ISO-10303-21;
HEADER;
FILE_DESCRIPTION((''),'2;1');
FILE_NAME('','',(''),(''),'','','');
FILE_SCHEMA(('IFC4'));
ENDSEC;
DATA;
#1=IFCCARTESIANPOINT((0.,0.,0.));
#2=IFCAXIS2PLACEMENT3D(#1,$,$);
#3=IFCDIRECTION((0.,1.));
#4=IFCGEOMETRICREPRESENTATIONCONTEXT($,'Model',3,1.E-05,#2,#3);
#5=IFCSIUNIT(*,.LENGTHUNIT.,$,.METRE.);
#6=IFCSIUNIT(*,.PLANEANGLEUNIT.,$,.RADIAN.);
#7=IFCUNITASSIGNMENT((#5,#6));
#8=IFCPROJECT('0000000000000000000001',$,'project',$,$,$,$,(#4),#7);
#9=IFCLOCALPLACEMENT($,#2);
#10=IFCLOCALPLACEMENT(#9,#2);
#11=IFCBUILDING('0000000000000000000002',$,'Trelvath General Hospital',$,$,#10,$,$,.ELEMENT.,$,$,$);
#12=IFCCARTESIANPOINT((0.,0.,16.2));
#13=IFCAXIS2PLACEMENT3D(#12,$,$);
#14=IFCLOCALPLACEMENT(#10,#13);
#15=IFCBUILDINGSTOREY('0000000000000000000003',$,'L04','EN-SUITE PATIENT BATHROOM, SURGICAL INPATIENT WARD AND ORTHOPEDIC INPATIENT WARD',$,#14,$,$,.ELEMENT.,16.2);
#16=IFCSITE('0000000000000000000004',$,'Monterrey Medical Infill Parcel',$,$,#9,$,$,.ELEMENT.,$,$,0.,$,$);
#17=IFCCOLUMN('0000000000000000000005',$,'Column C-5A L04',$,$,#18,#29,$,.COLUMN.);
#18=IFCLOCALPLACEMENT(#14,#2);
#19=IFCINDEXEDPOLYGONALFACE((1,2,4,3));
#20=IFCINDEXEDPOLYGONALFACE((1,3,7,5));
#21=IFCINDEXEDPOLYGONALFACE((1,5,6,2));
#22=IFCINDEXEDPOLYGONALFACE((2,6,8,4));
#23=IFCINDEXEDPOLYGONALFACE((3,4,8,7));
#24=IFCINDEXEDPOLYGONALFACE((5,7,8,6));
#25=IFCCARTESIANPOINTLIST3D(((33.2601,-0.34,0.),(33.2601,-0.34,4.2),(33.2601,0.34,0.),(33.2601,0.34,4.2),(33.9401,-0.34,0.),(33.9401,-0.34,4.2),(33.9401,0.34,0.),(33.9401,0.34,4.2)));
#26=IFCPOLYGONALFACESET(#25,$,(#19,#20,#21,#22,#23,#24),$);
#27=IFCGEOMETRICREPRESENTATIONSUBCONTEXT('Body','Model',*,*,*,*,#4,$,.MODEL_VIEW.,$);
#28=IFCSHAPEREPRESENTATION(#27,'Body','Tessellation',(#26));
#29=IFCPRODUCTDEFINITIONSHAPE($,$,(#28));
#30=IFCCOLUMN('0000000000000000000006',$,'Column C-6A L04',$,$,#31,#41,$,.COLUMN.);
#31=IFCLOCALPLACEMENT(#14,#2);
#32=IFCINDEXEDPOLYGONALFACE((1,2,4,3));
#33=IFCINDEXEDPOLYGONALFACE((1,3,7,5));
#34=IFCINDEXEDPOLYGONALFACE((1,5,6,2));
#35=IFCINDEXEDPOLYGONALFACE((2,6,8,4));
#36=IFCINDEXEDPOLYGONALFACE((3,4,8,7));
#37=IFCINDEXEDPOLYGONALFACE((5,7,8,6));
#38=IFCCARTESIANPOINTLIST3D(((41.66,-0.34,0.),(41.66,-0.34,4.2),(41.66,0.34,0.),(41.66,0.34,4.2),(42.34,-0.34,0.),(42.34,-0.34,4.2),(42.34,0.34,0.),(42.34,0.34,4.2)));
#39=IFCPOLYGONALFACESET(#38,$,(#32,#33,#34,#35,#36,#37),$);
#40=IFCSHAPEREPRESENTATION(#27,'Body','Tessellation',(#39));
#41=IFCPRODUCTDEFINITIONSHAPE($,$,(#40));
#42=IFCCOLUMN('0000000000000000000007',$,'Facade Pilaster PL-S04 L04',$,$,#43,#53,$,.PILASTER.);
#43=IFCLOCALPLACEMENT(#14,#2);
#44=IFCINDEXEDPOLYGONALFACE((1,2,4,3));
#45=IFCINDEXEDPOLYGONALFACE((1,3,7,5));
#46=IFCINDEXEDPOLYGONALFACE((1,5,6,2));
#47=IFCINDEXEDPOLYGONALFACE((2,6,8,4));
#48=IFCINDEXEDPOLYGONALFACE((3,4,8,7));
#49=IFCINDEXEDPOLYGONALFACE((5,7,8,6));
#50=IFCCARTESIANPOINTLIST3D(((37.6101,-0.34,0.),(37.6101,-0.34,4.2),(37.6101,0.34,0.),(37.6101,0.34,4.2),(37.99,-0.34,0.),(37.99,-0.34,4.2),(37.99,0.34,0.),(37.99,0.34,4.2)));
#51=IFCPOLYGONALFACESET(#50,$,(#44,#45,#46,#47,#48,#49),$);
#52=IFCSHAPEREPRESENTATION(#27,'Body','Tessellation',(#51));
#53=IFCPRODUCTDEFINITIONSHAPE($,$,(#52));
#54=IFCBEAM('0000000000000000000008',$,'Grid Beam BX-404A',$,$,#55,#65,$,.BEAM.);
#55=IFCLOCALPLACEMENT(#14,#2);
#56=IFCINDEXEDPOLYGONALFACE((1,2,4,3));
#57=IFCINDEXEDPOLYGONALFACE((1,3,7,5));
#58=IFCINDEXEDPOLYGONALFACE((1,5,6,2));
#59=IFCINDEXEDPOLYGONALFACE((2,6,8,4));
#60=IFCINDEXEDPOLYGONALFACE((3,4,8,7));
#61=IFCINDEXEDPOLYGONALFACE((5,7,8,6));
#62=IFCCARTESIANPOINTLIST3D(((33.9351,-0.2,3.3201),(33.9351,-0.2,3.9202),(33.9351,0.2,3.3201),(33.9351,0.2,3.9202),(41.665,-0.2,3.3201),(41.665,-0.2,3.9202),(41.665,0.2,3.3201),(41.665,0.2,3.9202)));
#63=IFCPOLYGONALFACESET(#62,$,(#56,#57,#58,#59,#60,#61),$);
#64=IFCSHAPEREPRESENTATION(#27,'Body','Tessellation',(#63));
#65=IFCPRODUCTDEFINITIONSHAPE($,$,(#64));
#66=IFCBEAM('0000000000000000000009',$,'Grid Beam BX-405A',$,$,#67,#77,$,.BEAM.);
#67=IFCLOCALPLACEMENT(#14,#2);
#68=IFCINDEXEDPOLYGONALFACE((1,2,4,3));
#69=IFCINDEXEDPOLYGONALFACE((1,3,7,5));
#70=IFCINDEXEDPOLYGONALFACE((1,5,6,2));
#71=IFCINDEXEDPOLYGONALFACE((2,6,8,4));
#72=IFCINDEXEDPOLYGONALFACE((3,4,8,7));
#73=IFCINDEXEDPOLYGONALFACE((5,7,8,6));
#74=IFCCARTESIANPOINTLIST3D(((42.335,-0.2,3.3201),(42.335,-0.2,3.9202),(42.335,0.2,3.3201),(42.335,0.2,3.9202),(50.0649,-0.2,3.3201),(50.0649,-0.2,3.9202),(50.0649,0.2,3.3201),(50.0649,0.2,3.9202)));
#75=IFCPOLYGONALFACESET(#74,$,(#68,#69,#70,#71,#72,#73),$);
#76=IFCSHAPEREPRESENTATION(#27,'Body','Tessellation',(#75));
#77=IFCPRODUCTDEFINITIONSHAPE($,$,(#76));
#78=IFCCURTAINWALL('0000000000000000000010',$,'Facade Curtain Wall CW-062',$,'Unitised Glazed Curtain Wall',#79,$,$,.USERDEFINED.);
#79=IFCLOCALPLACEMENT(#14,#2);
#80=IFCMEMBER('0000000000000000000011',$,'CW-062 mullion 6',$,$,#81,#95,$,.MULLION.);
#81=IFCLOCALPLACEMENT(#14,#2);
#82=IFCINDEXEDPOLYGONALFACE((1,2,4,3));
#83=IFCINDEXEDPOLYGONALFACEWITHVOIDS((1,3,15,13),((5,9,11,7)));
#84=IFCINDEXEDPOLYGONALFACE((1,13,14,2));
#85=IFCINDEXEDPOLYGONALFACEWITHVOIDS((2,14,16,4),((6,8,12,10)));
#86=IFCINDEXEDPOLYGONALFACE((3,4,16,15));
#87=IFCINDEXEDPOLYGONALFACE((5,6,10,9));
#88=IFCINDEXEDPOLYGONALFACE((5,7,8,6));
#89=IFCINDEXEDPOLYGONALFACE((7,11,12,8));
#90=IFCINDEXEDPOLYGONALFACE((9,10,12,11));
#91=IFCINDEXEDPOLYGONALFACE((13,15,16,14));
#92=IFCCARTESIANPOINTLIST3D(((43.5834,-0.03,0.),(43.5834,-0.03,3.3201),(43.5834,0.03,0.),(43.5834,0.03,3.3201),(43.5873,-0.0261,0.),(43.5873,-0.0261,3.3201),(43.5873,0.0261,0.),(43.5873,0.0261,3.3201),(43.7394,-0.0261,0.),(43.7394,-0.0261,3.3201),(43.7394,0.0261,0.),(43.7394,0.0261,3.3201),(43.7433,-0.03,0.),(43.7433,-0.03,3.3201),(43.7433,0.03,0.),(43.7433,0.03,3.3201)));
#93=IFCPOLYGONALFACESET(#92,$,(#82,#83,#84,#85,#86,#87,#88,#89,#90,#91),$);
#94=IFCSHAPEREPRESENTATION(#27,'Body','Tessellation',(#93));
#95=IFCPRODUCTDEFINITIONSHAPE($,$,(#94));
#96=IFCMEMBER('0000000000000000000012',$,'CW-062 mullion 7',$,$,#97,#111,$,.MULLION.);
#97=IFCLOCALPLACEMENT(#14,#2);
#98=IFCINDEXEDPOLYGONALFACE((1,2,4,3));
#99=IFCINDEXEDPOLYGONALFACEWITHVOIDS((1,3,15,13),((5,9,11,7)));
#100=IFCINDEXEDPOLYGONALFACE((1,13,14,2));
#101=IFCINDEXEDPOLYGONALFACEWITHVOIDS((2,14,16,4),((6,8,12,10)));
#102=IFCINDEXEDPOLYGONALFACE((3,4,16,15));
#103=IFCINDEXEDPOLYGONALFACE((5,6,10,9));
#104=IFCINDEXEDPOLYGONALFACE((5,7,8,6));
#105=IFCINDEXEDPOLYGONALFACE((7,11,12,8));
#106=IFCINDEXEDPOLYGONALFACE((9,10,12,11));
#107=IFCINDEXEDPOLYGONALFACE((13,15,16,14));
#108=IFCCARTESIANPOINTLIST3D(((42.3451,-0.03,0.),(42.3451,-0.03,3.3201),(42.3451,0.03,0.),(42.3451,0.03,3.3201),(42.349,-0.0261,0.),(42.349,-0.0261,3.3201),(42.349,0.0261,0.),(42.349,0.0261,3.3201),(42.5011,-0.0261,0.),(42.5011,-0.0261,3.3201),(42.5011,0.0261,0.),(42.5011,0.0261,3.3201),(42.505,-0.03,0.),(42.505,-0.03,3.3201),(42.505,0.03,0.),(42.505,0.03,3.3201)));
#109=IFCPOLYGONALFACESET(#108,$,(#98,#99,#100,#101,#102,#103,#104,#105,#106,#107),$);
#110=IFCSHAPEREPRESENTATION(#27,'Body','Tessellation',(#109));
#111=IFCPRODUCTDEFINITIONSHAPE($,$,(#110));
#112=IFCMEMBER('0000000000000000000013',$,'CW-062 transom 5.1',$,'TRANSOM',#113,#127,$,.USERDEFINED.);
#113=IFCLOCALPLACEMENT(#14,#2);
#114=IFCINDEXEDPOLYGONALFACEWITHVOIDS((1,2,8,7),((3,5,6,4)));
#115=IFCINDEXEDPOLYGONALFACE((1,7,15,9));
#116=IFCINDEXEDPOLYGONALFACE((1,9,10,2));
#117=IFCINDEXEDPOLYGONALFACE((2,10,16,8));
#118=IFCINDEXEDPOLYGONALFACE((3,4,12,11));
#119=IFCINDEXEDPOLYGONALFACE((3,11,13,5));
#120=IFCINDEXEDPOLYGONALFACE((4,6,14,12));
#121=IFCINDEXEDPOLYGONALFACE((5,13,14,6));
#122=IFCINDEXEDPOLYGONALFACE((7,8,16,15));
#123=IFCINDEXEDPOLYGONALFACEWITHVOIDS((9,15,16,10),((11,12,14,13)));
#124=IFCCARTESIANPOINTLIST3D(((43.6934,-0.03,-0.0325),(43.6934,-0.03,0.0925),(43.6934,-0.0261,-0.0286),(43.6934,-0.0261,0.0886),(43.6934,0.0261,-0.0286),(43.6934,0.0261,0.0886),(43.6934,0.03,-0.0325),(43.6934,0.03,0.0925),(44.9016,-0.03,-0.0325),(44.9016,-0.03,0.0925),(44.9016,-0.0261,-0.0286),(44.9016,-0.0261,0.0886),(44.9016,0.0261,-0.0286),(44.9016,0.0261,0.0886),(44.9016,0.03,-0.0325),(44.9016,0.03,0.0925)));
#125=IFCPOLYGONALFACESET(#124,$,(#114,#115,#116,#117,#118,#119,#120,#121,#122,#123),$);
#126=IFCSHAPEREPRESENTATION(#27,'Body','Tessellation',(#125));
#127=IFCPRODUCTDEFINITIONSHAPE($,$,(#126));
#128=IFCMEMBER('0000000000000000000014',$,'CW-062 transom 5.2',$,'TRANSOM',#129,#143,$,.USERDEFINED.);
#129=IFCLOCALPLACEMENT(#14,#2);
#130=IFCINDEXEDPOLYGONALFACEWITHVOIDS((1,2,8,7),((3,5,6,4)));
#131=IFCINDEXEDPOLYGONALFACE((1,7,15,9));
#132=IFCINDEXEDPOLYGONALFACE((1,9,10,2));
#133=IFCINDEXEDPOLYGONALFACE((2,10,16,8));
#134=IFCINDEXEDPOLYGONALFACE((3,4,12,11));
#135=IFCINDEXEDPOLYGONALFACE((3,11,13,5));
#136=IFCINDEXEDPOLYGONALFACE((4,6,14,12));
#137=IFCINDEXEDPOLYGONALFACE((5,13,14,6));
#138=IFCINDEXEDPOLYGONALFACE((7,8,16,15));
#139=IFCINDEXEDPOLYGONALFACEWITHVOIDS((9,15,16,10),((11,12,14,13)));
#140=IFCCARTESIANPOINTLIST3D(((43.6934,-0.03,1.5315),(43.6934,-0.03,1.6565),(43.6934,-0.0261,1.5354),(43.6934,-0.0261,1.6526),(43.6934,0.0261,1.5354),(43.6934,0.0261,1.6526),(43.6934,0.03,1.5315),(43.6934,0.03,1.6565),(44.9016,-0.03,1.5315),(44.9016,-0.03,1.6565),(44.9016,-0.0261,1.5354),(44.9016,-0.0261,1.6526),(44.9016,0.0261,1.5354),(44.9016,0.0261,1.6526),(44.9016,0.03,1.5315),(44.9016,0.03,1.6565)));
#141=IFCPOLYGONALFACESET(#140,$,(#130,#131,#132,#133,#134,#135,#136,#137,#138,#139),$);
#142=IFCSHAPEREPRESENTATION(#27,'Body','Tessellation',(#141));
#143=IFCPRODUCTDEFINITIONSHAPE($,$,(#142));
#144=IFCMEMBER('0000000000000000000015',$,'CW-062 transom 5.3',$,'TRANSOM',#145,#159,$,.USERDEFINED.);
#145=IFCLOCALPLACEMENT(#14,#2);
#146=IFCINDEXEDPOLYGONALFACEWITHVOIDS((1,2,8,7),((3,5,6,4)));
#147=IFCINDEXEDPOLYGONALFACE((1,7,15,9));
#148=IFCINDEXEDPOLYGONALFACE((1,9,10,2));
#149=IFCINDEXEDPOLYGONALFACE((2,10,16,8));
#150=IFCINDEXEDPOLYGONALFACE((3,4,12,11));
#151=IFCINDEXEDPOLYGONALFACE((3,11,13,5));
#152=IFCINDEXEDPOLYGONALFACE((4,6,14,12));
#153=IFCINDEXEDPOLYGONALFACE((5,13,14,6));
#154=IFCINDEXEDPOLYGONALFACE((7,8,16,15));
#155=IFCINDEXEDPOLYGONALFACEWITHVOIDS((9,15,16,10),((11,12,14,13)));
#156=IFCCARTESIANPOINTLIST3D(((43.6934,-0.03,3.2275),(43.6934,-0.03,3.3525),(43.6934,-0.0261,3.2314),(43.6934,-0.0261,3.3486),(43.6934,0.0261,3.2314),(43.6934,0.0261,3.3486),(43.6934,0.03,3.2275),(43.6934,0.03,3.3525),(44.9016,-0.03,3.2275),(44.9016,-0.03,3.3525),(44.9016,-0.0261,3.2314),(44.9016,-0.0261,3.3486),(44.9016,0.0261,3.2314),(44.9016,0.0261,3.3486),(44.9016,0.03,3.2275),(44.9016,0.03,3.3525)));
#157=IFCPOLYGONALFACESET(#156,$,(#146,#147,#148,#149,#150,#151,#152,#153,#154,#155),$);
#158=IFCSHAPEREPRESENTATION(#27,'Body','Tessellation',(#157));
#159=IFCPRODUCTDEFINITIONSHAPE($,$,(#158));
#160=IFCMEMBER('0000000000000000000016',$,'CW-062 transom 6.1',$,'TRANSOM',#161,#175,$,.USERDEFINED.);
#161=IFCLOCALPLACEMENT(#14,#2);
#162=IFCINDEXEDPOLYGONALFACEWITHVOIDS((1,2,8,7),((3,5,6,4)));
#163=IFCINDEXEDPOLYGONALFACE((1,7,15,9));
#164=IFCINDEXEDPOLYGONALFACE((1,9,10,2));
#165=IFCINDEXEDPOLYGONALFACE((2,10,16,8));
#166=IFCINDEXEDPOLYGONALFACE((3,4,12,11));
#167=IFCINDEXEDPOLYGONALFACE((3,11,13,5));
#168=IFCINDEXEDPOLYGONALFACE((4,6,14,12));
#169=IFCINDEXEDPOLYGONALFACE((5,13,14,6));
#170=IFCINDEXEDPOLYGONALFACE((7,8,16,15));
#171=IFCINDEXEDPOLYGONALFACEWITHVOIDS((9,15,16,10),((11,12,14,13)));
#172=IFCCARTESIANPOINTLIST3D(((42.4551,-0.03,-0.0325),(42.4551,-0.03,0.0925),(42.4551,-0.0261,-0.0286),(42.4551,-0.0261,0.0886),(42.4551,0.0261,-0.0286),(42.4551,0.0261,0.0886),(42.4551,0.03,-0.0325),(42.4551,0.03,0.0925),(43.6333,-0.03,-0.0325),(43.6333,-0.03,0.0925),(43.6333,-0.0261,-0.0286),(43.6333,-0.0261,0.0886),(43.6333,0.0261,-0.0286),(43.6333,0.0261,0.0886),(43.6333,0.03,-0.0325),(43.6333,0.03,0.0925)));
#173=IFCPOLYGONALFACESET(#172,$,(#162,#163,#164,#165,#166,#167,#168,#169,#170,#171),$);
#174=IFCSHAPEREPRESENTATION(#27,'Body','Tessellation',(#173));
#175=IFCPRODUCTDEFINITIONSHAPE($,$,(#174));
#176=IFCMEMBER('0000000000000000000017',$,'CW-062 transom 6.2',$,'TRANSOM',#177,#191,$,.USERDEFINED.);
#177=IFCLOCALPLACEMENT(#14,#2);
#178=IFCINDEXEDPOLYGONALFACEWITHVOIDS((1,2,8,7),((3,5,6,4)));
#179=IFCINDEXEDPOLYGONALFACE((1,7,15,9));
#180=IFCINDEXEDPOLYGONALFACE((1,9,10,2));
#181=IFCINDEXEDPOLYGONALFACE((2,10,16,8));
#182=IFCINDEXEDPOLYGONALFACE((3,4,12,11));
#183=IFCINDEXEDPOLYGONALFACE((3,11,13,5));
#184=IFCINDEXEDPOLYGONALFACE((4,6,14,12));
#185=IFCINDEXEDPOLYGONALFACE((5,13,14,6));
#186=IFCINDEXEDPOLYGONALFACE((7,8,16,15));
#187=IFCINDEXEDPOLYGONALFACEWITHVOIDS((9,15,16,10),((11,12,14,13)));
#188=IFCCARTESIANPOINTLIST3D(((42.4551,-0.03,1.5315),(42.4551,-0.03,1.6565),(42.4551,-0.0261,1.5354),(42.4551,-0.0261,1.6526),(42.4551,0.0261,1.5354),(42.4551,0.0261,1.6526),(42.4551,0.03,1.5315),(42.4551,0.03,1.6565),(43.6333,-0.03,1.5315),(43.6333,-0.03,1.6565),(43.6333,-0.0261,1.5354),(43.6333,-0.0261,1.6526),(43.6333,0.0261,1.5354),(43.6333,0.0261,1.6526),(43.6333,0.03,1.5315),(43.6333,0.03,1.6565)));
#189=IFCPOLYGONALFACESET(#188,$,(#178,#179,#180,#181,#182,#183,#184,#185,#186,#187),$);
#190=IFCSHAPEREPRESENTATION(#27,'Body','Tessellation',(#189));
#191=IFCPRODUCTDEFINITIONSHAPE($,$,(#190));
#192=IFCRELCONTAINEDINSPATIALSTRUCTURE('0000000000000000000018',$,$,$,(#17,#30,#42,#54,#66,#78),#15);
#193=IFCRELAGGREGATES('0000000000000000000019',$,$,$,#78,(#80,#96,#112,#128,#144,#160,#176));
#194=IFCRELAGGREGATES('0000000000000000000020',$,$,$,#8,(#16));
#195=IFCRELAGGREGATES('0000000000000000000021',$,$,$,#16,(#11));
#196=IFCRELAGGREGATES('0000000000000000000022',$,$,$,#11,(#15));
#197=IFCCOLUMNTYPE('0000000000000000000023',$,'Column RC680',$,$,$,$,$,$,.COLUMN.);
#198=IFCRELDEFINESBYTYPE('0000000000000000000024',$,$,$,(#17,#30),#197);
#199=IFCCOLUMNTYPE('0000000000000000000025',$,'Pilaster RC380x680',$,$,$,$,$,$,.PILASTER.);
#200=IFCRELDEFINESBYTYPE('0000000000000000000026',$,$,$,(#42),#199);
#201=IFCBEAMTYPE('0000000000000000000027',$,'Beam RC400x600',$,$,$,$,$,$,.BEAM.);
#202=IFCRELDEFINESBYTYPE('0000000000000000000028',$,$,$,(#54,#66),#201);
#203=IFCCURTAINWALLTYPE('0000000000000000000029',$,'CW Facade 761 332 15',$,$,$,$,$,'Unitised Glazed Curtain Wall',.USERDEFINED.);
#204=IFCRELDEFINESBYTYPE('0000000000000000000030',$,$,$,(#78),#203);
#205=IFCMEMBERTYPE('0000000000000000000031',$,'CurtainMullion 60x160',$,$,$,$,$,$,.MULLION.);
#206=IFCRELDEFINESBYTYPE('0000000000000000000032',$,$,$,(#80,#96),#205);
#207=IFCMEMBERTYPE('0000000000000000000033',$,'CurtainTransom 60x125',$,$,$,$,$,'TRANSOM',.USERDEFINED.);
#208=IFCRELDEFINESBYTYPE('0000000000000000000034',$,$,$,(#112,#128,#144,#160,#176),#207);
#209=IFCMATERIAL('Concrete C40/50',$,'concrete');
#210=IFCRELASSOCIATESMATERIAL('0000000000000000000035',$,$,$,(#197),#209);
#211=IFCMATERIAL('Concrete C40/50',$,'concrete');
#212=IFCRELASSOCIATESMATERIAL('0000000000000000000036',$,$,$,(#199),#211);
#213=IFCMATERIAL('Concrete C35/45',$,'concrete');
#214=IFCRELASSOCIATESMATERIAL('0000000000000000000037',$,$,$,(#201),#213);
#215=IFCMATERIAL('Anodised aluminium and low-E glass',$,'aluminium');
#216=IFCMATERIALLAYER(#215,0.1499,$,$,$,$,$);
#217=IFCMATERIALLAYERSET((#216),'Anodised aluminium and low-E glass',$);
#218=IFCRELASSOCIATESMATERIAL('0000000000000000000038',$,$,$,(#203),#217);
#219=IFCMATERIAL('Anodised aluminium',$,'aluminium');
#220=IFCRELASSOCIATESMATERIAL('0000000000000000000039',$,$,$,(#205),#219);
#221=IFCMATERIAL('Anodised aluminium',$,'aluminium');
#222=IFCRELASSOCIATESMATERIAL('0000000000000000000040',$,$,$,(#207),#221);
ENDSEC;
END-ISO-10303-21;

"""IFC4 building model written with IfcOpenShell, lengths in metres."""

from ifc_helpers import new_model, si_unit, direction, frame, origin, origin_2d, place, context, subcontext, project, spatial, rectangle, hollow_rectangle, extrude, material, layer, layer_set, material_profile, profile_set, type_object, element, aggregate, save


model = new_model("IFC4")

# Units and contexts
model_context = context("Model", 3, precision=1e-05, world=origin(), true_north=direction((0.0, 1.0)))
body_context = subcontext(model_context, "Body", "Model", "MODEL_VIEW")
ifc_project = project(units=[si_unit("LENGTHUNIT", "METRE"), si_unit("PLANEANGLEUNIT", "RADIAN")], contexts=[model_context])

# Site, building, storey
site_placement = place(None, origin())
site = spatial("IfcSite", under=ifc_project, at=site_placement, Name="Monterrey Medical Infill Parcel", CompositionType="ELEMENT", RefElevation=0.0)
building_placement = place(site_placement, origin())
building = spatial("IfcBuilding", under=site, at=building_placement, Name="Trelvath General Hospital", CompositionType="ELEMENT")
storey_placement = place(building_placement, frame((0.0, 0.0, 16.2)))
storey = spatial("IfcBuildingStorey", under=building, at=storey_placement, Name="L04", Description="EN-SUITE PATIENT BATHROOM, SURGICAL INPATIENT WARD AND ORTHOPEDIC INPATIENT WARD", CompositionType="ELEMENT", Elevation=16.2)

# Columns
ifc_material_1 = material(Name="Concrete C40/50", Category="concrete")
ifc_material_profile_1 = material_profile(ifc_material_1, rectangle(XDim=0.6799, YDim=0.6799, at=origin_2d()), Name="RC680x680")
ifc_profile_set_1 = profile_set([ifc_material_profile_1], Name="Concrete C40/50")
column_type_1 = type_object("IfcColumnType", Name="Column RC680", PredefinedType="COLUMN", material=ifc_profile_set_1)
for number, where, z_axis, x_axis, name in (
    (1, (33.6001, 0.0, 0.0), (0.0, 0.0, 1.0), (1.0, 0.0, 0.0), "Column C-5A L04"),
    (2, (42.0, 0.0, 0.0), (0.0, 0.0, 1.0), (1.0, 0.0, 0.0), "Column C-6A L04"),
):
    element("IfcColumn", number, at=place(storey_placement, frame(where, z_axis=z_axis, x_axis=x_axis)), inside=storey, type_object=column_type_1, Name=name, PredefinedType="COLUMN", context=body_context, shape_type="SweptSolid", body=[
        extrude(rectangle(XDim=0.6799, YDim=0.6799, at=origin_2d()), origin(), (0.0, 0.0, 1.0), 4.2),
    ])
ifc_material_2 = material(Name="Concrete C40/50", Category="concrete")
ifc_material_profile_2 = material_profile(ifc_material_2, rectangle(XDim=0.3799, YDim=0.6799, at=origin_2d()), Name="RC380x680")
ifc_profile_set_2 = profile_set([ifc_material_profile_2], Name="Concrete C40/50")
column_type_2 = type_object("IfcColumnType", Name="Pilaster RC380x680", PredefinedType="PILASTER", material=ifc_profile_set_2)
column_placement = place(storey_placement, frame((37.8, 0.0, 0.0), z_axis=(0.0, 0.0, 1.0), x_axis=(1.0, 0.0, 0.0)))
element("IfcColumn", 3, at=column_placement, inside=storey, type_object=column_type_2, Name="Facade Pilaster PL-S04 L04", PredefinedType="PILASTER", context=body_context, shape_type="SweptSolid", body=[
    extrude(rectangle(XDim=0.3799, YDim=0.6799, at=origin_2d()), origin(), (0.0, 0.0, 1.0), 4.2),
])

# Beams
ifc_material_3 = material(Name="Concrete C35/45", Category="concrete")
ifc_material_profile_3 = material_profile(ifc_material_3, rectangle(XDim=0.3999, YDim=0.6001, at=origin_2d()), Name="RCB400x600")
ifc_profile_set_3 = profile_set([ifc_material_profile_3], Name="Concrete C35/45")
beam_type_1 = type_object("IfcBeamType", Name="Beam RC400x600", PredefinedType="BEAM", material=ifc_profile_set_3)
for number, where, z_axis, x_axis, name in (
    (4, (33.9351, 0.0, 3.6201), (1.0, 0.0, 0.0), (0.0, 1.0, 0.0), "Grid Beam BX-404A"),
    (5, (42.335, 0.0, 3.6201), (1.0, 0.0, 0.0), (0.0, 1.0, 0.0), "Grid Beam BX-405A"),
):
    element("IfcBeam", number, at=place(storey_placement, frame(where, z_axis=z_axis, x_axis=x_axis)), inside=storey, type_object=beam_type_1, Name=name, PredefinedType="BEAM", context=body_context, shape_type="SweptSolid", body=[
        extrude(rectangle(XDim=0.3999, YDim=0.6001, at=origin_2d()), origin(), (0.0, 0.0, 1.0), 7.73),
    ])

# Curtain wall, members
ifc_material_4 = material(Name="Anodised aluminium and low-E glass", Category="aluminium")
ifc_layer_1 = layer(ifc_material_4, 0.1499)
ifc_layer_set_1 = layer_set([ifc_layer_1], Name="Anodised aluminium and low-E glass")
curtain_wall_type = type_object("IfcCurtainWallType", Name="CW Facade 761 332 15", ElementType="Unitised Glazed Curtain Wall", PredefinedType="USERDEFINED", material=ifc_layer_set_1)
curtain_wall_placement = place(storey_placement, origin())
curtain_wall = element("IfcCurtainWall", 6, at=curtain_wall_placement, inside=storey, type_object=curtain_wall_type, Name="Facade Curtain Wall CW-062", ObjectType="Unitised Glazed Curtain Wall", PredefinedType="USERDEFINED")
ifc_material_5 = material(Name="Anodised aluminium", Category="aluminium")
ifc_material_profile_4 = material_profile(ifc_material_5, hollow_rectangle(XDim=0.0601, YDim=0.1599, WallThickness=0.0039, at=origin_2d()), Name="RHS60x160x4")
ifc_profile_set_4 = profile_set([ifc_material_profile_4], Name="Anodised aluminium")
member_type_1 = type_object("IfcMemberType", Name="CurtainMullion 60x160", PredefinedType="MULLION", material=ifc_profile_set_4)
member_1_placement = place(storey_placement, frame((43.6633, 0.0, 0.0), z_axis=(0.0, 0.0, 1.0), x_axis=(0.0, -1.0, 0.0)))
member_1 = element("IfcMember", 7, at=member_1_placement, type_object=member_type_1, Name="CW-062 mullion 6", PredefinedType="MULLION", context=body_context, shape_type="SweptSolid", body=[
    extrude(hollow_rectangle(XDim=0.0601, YDim=0.1599, WallThickness=0.0039, at=origin_2d()), origin(), (0.0, 0.0, 1.0), 3.3201),
])
member_2_placement = place(storey_placement, frame((42.425, 0.0, 0.0), z_axis=(0.0, 0.0, 1.0), x_axis=(0.0, -1.0, 0.0)))
member_2 = element("IfcMember", 8, at=member_2_placement, type_object=member_type_1, Name="CW-062 mullion 7", PredefinedType="MULLION", context=body_context, shape_type="SweptSolid", body=[
    extrude(hollow_rectangle(XDim=0.0601, YDim=0.1599, WallThickness=0.0039, at=origin_2d()), origin(), (0.0, 0.0, 1.0), 3.3201),
])
ifc_material_6 = material(Name="Anodised aluminium", Category="aluminium")
ifc_material_profile_5 = material_profile(ifc_material_6, hollow_rectangle(XDim=0.0601, YDim=0.125, WallThickness=0.0039, at=origin_2d()), Name="RHS60x125x4")
ifc_profile_set_5 = profile_set([ifc_material_profile_5], Name="Anodised aluminium")
member_type_2 = type_object("IfcMemberType", Name="CurtainTransom 60x125", ElementType="TRANSOM", PredefinedType="USERDEFINED", material=ifc_profile_set_5)
member_3_placement = place(storey_placement, frame((44.9016, 0.0, 0.03), z_axis=(-1.0, 0.0, 0.0), x_axis=(0.0, -1.0, 0.0)))
member_3 = element("IfcMember", 9, at=member_3_placement, type_object=member_type_2, Name="CW-062 transom 5.1", ObjectType="TRANSOM", PredefinedType="USERDEFINED", context=body_context, shape_type="SweptSolid", body=[
    extrude(hollow_rectangle(XDim=0.0601, YDim=0.125, WallThickness=0.0039, at=origin_2d()), origin(), (0.0, 0.0, 1.0), 1.2083),
])
member_4_placement = place(storey_placement, frame((44.9016, 0.0, 1.594), z_axis=(-1.0, 0.0, 0.0), x_axis=(0.0, -1.0, 0.0)))
member_4 = element("IfcMember", 10, at=member_4_placement, type_object=member_type_2, Name="CW-062 transom 5.2", ObjectType="TRANSOM", PredefinedType="USERDEFINED", context=body_context, shape_type="SweptSolid", body=[
    extrude(hollow_rectangle(XDim=0.0601, YDim=0.125, WallThickness=0.0039, at=origin_2d()), origin(), (0.0, 0.0, 1.0), 1.2083),
])
member_5_placement = place(storey_placement, frame((44.9016, 0.0, 3.29), z_axis=(-1.0, 0.0, 0.0), x_axis=(0.0, -1.0, 0.0)))
member_5 = element("IfcMember", 11, at=member_5_placement, type_object=member_type_2, Name="CW-062 transom 5.3", ObjectType="TRANSOM", PredefinedType="USERDEFINED", context=body_context, shape_type="SweptSolid", body=[
    extrude(hollow_rectangle(XDim=0.0601, YDim=0.125, WallThickness=0.0039, at=origin_2d()), origin(), (0.0, 0.0, 1.0), 1.2083),
])
member_6_placement = place(storey_placement, frame((43.6333, 0.0, 0.03), z_axis=(-1.0, 0.0, 0.0), x_axis=(0.0, -1.0, 0.0)))
member_6 = element("IfcMember", 12, at=member_6_placement, type_object=member_type_2, Name="CW-062 transom 6.1", ObjectType="TRANSOM", PredefinedType="USERDEFINED", context=body_context, shape_type="SweptSolid", body=[
    extrude(hollow_rectangle(XDim=0.0601, YDim=0.125, WallThickness=0.0039, at=origin_2d()), origin(), (0.0, 0.0, 1.0), 1.1782),
])
member_7_placement = place(storey_placement, frame((43.6333, 0.0, 1.594), z_axis=(-1.0, 0.0, 0.0), x_axis=(0.0, -1.0, 0.0)))
member_7 = element("IfcMember", 13, at=member_7_placement, type_object=member_type_2, Name="CW-062 transom 6.2", ObjectType="TRANSOM", PredefinedType="USERDEFINED", context=body_context, shape_type="SweptSolid", body=[
    extrude(hollow_rectangle(XDim=0.0601, YDim=0.125, WallThickness=0.0039, at=origin_2d()), origin(), (0.0, 0.0, 1.0), 1.1782),
])

aggregate(curtain_wall, [member_1, member_2, member_3, member_4, member_5, member_6, member_7])

save(model, "model.ifc")
